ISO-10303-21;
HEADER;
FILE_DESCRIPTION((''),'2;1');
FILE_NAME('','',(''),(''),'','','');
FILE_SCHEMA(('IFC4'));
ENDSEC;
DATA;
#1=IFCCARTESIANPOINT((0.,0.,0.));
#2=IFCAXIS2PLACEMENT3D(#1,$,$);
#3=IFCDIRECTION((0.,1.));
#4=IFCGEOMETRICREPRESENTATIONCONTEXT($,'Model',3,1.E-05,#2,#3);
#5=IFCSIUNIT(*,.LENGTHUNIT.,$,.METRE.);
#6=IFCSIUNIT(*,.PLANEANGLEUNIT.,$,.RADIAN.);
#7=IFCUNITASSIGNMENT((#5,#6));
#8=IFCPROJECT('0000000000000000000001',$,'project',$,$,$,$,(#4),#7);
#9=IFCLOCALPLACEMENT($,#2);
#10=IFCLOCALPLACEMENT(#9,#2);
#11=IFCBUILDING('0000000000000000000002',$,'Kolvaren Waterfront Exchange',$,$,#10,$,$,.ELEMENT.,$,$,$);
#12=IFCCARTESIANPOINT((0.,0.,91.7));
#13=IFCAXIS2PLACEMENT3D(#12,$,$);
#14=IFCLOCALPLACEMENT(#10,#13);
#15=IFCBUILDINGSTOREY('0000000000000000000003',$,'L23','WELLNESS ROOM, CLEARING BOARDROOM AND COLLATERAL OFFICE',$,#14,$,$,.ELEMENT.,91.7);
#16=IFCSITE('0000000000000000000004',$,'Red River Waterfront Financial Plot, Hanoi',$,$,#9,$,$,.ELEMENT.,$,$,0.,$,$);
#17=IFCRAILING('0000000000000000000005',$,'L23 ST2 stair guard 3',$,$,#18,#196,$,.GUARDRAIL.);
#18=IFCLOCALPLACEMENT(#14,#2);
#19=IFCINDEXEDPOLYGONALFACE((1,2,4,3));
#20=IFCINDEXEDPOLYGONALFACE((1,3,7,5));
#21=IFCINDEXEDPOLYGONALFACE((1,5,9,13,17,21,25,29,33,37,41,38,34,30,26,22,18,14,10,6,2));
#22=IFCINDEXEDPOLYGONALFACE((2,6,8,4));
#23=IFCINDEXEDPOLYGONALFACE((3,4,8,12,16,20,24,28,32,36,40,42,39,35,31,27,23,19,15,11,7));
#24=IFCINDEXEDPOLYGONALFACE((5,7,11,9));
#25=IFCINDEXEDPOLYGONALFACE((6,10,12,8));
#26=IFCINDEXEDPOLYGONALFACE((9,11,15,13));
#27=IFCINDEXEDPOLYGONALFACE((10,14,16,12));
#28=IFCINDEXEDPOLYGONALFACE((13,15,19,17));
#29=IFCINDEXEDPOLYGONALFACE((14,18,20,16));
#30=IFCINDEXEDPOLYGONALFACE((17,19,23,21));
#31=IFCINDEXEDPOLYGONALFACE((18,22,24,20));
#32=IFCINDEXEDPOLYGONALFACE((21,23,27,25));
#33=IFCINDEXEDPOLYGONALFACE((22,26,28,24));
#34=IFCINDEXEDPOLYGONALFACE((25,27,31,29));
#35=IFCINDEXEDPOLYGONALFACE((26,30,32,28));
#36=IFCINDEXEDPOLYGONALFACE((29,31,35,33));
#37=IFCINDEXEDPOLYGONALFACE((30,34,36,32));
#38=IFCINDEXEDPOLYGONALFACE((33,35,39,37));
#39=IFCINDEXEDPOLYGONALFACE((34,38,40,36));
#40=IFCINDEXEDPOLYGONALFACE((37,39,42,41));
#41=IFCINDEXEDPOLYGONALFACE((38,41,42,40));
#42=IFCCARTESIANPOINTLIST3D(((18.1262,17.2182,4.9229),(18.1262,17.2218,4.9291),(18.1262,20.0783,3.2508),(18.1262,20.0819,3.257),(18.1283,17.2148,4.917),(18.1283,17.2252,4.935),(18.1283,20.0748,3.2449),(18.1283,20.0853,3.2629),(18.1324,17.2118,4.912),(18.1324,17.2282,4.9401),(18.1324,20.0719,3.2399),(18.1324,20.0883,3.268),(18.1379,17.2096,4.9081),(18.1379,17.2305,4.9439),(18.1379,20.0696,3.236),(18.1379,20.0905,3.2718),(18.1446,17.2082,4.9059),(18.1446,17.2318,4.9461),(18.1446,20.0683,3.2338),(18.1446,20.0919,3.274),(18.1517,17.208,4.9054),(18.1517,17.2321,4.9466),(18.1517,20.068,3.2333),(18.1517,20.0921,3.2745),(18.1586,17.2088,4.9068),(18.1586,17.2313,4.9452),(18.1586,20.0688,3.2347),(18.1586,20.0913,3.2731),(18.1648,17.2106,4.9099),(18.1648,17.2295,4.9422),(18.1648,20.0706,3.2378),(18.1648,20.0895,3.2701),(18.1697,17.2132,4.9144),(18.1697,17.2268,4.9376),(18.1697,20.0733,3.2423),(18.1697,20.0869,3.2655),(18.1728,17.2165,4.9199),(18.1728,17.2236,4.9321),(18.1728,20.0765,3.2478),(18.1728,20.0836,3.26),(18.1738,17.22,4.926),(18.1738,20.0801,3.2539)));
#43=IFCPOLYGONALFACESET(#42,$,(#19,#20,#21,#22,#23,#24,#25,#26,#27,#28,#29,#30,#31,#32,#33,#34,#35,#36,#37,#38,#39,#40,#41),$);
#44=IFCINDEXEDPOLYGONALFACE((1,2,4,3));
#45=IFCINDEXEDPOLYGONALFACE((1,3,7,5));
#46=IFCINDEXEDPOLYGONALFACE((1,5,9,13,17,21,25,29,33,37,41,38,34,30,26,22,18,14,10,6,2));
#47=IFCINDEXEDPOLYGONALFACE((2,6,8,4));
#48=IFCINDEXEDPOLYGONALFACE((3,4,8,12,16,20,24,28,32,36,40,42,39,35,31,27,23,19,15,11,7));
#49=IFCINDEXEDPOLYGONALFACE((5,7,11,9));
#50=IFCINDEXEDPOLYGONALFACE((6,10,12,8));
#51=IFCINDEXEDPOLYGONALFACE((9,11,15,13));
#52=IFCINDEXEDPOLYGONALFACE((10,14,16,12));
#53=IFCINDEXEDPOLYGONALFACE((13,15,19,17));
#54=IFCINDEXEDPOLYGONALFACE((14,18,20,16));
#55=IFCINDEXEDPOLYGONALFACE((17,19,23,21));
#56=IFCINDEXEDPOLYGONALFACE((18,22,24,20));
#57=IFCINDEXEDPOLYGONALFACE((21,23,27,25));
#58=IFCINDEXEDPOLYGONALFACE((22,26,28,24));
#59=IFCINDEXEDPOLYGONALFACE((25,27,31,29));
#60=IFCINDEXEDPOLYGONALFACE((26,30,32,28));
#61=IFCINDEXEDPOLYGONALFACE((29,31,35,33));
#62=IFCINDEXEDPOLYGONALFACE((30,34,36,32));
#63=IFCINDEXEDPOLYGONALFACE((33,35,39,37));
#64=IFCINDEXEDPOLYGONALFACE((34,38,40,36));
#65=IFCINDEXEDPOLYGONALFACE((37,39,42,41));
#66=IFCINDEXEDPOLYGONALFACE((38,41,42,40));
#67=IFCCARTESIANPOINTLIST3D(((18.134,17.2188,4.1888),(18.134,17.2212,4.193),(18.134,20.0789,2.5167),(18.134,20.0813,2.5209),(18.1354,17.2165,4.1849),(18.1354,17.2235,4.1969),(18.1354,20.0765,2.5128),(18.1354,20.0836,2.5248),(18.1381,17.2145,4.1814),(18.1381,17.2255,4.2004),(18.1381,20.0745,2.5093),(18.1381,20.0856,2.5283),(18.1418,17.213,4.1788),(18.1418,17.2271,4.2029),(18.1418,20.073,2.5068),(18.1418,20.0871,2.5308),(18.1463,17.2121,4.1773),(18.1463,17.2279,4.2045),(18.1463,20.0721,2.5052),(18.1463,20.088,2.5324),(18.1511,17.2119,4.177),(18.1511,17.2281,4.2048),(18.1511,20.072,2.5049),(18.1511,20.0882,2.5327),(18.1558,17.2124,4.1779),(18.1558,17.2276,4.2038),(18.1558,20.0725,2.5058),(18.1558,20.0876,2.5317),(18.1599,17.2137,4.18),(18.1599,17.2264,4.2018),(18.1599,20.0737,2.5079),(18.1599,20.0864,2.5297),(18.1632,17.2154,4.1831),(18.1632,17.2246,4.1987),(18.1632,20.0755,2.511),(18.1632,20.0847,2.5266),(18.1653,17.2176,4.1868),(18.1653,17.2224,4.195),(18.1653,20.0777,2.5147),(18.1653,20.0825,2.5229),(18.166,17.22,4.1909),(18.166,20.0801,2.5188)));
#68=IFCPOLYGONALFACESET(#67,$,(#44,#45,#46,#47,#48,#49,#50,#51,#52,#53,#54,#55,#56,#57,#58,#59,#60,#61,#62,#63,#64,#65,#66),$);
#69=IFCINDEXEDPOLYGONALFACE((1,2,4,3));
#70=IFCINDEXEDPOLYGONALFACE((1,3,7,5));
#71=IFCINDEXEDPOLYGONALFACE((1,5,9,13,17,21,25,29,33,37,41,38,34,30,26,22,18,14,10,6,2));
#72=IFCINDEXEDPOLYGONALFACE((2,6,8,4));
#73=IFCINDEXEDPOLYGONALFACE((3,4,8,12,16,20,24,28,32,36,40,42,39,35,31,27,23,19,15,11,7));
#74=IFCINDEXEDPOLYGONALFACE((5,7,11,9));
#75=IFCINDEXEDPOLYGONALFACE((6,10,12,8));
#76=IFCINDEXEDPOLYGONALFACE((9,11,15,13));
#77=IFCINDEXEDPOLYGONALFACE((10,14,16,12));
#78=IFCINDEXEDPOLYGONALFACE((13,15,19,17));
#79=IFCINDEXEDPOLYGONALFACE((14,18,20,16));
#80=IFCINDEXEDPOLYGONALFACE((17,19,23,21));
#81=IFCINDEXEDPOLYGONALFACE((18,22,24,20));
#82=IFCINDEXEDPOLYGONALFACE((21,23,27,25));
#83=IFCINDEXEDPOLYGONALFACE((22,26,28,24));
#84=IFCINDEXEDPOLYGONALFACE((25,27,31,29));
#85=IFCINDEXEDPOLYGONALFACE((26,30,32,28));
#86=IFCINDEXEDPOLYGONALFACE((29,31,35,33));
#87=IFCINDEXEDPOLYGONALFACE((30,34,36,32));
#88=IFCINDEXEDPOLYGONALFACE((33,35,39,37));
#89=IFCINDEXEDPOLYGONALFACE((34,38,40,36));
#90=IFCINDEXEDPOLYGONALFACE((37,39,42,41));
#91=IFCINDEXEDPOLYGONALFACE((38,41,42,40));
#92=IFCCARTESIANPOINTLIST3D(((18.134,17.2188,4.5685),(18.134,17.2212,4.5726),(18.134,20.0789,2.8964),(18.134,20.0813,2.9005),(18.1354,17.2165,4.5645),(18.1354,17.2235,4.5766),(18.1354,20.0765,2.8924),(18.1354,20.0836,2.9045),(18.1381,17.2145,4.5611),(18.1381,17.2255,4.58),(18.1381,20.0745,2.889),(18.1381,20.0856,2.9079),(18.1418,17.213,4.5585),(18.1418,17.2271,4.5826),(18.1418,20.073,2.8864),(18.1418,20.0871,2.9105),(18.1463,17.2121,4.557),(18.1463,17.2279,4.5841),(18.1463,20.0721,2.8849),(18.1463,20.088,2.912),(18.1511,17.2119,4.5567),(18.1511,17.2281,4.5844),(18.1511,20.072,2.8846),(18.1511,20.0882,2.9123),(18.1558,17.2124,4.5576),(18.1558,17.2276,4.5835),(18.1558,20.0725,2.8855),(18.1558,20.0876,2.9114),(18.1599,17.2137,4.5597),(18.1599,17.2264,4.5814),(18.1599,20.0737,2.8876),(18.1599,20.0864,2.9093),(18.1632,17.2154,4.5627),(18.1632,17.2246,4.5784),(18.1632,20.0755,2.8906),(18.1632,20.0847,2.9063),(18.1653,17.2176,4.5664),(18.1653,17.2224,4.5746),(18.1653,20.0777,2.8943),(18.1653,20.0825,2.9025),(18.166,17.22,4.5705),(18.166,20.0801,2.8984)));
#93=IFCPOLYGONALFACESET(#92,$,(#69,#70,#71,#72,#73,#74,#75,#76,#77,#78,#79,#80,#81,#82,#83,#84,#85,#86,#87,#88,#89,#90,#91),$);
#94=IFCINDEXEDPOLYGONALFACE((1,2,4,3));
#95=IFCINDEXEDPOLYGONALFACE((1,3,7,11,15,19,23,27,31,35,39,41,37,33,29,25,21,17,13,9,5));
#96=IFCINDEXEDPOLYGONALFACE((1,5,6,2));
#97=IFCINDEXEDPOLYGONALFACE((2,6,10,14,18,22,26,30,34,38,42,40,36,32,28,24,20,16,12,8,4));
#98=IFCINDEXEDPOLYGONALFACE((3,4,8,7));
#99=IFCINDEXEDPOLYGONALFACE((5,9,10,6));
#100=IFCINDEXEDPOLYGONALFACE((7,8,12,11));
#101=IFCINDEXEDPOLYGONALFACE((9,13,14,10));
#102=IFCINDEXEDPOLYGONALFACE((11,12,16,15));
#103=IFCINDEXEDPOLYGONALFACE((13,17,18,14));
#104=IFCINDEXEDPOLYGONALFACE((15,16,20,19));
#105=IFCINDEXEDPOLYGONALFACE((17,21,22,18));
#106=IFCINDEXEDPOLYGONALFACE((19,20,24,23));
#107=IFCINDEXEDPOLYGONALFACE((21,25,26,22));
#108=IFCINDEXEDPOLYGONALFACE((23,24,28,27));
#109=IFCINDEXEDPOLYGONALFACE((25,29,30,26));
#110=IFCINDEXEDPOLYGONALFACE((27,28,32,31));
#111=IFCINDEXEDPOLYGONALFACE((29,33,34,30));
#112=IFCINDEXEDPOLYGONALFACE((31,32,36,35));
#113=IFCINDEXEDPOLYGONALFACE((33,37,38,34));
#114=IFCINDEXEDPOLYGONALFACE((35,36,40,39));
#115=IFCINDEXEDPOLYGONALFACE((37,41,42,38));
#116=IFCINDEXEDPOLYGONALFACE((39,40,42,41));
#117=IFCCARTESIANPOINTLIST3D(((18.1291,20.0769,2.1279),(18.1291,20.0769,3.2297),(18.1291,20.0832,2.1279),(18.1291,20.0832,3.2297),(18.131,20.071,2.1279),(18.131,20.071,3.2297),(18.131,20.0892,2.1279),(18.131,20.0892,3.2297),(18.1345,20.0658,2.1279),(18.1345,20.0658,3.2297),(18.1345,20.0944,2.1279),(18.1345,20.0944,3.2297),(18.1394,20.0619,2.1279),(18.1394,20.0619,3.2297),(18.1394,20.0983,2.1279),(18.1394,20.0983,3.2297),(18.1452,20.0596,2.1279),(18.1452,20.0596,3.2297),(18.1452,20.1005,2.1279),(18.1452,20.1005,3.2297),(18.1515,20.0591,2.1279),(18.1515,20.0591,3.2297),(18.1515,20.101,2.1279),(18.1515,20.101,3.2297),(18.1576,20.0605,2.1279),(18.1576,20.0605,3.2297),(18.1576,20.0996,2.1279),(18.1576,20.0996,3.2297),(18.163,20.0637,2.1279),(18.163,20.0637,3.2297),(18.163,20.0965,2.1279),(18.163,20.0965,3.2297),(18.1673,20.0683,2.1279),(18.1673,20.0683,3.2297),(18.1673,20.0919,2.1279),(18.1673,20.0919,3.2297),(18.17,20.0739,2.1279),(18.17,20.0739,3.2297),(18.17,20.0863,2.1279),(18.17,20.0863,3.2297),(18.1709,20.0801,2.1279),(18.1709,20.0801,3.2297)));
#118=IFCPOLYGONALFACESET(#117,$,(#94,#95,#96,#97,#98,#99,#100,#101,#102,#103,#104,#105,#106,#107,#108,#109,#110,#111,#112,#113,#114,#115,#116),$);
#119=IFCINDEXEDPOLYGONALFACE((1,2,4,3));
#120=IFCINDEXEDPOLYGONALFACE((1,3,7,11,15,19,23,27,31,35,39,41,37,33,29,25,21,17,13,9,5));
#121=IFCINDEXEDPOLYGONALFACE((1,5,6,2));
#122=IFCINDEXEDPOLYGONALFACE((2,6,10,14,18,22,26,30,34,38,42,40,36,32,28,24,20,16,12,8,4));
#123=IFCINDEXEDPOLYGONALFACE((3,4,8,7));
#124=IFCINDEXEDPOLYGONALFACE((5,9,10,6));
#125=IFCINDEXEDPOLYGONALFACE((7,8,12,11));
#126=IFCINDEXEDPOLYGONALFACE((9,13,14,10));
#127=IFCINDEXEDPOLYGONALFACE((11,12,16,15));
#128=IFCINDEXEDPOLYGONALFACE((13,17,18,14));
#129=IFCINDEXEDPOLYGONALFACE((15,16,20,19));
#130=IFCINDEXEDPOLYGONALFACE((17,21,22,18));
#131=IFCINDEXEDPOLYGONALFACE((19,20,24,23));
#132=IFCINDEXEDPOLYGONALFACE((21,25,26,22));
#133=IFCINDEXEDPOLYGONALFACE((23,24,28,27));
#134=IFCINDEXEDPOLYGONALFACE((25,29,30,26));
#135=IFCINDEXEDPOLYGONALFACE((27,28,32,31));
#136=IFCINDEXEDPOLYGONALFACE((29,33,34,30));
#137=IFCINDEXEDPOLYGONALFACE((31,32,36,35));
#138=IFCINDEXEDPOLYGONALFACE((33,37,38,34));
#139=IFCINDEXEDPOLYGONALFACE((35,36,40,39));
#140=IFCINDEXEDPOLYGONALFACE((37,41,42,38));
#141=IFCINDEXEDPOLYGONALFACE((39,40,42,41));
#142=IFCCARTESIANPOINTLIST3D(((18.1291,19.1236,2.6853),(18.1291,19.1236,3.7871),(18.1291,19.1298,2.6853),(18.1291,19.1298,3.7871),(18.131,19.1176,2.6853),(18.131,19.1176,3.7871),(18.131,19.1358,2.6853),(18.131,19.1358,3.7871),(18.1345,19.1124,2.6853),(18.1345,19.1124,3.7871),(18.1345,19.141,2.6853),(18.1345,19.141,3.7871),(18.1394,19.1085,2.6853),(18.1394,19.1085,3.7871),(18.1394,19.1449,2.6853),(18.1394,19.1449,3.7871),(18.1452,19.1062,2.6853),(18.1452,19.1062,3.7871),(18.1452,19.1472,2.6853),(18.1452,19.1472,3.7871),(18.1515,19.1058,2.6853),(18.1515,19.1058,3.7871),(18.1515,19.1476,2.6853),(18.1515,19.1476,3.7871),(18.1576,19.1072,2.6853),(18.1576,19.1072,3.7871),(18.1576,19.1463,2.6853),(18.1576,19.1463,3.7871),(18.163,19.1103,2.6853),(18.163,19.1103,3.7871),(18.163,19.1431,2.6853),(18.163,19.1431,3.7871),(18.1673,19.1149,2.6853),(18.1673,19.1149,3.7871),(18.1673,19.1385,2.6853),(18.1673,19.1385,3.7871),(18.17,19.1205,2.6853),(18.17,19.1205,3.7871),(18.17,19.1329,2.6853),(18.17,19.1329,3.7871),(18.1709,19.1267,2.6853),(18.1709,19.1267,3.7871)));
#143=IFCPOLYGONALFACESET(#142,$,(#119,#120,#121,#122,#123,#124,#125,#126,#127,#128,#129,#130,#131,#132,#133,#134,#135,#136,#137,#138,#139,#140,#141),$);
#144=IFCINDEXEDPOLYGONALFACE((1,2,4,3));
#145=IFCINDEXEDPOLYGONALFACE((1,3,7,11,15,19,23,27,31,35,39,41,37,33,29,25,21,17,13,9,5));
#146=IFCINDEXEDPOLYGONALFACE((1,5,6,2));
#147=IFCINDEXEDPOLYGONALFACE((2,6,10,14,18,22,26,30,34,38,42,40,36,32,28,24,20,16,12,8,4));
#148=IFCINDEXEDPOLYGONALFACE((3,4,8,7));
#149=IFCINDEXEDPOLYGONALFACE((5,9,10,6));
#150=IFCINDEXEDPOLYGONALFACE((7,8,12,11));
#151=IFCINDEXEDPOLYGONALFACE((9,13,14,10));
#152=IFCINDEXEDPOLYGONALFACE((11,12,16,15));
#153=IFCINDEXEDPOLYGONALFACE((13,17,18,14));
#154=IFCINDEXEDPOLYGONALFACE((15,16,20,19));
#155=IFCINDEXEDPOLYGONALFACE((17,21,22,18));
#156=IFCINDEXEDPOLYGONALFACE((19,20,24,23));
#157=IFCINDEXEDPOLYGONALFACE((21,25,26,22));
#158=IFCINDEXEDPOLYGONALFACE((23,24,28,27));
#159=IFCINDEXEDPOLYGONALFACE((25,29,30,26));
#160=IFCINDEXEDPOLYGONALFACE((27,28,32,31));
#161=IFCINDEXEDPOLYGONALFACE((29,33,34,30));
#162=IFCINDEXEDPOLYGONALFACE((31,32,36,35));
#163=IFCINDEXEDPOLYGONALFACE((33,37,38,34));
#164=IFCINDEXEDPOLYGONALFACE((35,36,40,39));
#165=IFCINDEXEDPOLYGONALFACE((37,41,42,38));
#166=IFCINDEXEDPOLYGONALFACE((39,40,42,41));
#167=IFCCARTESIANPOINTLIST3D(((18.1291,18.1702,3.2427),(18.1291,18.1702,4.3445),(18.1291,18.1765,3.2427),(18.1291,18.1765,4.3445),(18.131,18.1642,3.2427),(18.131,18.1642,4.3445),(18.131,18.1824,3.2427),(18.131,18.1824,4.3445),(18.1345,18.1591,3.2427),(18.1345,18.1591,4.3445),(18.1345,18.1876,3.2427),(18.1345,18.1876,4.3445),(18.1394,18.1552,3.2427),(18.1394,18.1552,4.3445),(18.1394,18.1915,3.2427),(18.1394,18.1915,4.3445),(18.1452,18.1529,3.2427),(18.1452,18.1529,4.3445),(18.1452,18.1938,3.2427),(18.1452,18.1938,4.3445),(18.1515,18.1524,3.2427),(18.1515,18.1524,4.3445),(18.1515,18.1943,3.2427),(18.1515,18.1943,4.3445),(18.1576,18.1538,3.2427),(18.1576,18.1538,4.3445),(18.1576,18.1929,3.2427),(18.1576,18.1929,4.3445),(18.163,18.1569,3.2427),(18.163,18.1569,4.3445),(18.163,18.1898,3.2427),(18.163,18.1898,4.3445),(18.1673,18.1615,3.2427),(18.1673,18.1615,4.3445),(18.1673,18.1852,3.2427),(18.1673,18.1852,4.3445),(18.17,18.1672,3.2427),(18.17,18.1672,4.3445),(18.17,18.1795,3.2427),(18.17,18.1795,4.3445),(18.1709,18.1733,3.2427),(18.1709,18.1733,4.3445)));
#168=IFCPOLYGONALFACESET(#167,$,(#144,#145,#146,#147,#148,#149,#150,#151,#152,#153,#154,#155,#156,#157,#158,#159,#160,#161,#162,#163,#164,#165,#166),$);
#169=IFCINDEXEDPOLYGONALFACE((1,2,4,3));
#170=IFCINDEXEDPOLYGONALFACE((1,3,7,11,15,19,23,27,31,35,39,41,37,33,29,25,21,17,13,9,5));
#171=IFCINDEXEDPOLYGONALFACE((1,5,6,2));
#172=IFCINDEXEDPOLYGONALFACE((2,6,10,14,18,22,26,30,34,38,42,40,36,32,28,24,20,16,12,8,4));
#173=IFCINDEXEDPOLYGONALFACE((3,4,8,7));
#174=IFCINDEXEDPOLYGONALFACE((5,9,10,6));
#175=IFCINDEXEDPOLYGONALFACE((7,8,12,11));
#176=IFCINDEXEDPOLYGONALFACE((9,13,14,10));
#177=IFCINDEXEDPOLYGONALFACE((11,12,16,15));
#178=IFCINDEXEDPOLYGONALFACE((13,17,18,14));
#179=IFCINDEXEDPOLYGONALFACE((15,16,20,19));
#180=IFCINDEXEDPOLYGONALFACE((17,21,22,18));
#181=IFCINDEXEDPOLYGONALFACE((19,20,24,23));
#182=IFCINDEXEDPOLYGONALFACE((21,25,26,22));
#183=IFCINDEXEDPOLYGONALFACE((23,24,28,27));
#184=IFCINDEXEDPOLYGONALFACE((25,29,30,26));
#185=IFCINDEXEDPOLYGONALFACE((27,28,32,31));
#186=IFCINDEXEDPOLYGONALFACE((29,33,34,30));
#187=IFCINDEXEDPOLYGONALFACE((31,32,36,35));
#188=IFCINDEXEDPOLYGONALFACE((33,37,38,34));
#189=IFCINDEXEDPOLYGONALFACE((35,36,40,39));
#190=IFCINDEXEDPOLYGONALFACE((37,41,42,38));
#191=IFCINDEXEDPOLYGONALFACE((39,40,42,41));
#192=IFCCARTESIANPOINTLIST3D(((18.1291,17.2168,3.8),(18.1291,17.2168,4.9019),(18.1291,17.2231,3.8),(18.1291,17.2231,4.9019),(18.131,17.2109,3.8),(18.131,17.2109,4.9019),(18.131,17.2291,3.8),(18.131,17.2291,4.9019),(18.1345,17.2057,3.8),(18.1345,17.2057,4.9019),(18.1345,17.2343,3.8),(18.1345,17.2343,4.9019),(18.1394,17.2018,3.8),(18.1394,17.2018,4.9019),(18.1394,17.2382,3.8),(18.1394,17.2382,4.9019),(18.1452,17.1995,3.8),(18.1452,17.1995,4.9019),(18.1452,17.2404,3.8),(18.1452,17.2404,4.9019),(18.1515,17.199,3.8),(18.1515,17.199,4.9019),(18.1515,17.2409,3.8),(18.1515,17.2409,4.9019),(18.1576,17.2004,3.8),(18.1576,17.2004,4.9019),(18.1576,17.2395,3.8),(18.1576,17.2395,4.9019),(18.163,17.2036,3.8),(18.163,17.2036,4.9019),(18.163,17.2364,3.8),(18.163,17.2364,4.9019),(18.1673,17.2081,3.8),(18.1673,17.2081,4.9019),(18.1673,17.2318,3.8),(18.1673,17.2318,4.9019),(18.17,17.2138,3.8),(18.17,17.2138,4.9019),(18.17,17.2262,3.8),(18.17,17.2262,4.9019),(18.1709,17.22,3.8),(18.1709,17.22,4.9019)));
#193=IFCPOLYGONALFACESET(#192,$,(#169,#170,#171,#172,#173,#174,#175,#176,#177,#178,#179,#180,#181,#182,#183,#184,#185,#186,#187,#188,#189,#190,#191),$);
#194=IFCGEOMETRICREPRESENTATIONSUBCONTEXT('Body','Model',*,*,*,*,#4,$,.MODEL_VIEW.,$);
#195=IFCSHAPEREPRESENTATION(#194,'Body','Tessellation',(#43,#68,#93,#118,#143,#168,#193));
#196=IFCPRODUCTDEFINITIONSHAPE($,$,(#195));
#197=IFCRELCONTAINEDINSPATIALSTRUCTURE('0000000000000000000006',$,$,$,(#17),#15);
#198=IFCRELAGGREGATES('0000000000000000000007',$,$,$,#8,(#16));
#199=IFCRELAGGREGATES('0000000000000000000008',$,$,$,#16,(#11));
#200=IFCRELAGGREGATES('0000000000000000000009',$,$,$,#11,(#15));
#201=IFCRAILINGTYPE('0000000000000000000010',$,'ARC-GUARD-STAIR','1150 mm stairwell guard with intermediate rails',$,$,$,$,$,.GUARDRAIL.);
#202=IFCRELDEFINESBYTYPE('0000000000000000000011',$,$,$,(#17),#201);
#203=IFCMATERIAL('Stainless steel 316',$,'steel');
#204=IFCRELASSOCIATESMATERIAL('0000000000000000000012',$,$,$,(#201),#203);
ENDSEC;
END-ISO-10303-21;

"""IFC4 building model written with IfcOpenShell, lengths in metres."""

from ifc_helpers import new_model, si_unit, direction, frame, origin, origin_2d, place, context, subcontext, project, spatial, circle, extrude, material, type_object, element, save


model = new_model("IFC4")

# Units and contexts
model_context = context("Model", 3, precision=1e-05, world=origin(), true_north=direction((0.0, 1.0)))
body_context = subcontext(model_context, "Body", "Model", "MODEL_VIEW")
ifc_project = project(units=[si_unit("LENGTHUNIT", "METRE"), si_unit("PLANEANGLEUNIT", "RADIAN")], contexts=[model_context])

# Site, building, storey
site_placement = place(None, origin())
site = spatial("IfcSite", under=ifc_project, at=site_placement, Name="Red River Waterfront Financial Plot, Hanoi", CompositionType="ELEMENT", RefElevation=0.0)
building_placement = place(site_placement, origin())
building = spatial("IfcBuilding", under=site, at=building_placement, Name="Kolvaren Waterfront Exchange", CompositionType="ELEMENT")
storey_placement = place(building_placement, frame((0.0, 0.0, 91.7)))
storey = spatial("IfcBuildingStorey", under=building, at=storey_placement, Name="L23", Description="WELLNESS ROOM, CLEARING BOARDROOM AND COLLATERAL OFFICE", CompositionType="ELEMENT", Elevation=91.7)

# Railing
ifc_material_1 = material(Name="Stainless steel 316", Category="steel")
railing_type_1 = type_object("IfcRailingType", Name="ARC-GUARD-STAIR", Description="1150 mm stairwell guard with intermediate rails", PredefinedType="GUARDRAIL", material=ifc_material_1)
railing_1_placement = place(storey_placement, frame((18.1499, 20.0801, 2.1279)))
element("IfcRailing", 1, at=railing_1_placement, inside=storey, type_object=railing_type_1, Name="L23 ST2 stair guard 3", PredefinedType="GUARDRAIL", context=body_context, shape_type="SweptSolid", body=[
    extrude(circle(Radius=0.0239, at=origin_2d()), frame((0.0, 0.0, 1.126), z_axis=(0.0, -0.863289, 0.504709), x_axis=(1.0, 0.0, 0.0)), (0.0, 0.0, 1.0), 3.313),
    extrude(circle(Radius=0.0161, at=origin_2d()), frame((0.0, 0.0, 0.3909), z_axis=(0.0, -0.863289, 0.504709), x_axis=(1.0, 0.0, 0.0)), (0.0, 0.0, 1.0), 3.313),
    extrude(circle(Radius=0.0161, at=origin_2d()), frame((0.0, 0.0, 0.7705), z_axis=(0.0, -0.863289, 0.504709), x_axis=(1.0, 0.0, 0.0)), (0.0, 0.0, 1.0), 3.313),
    extrude(circle(Radius=0.021, at=origin_2d()), origin(), (0.0, 0.0, 1.0), 1.1018),
    extrude(circle(Radius=0.021, at=origin_2d()), frame((0.0, -0.9534, 0.5574)), (0.0, 0.0, 1.0), 1.1018),
    extrude(circle(Radius=0.021, at=origin_2d()), frame((0.0, -1.9067, 1.1147)), (0.0, 0.0, 1.0), 1.1018),
    extrude(circle(Radius=0.021, at=origin_2d()), frame((0.0, -2.8601, 1.6721)), (0.0, 0.0, 1.0), 1.1018),
])

save(model, "model.ifc")
